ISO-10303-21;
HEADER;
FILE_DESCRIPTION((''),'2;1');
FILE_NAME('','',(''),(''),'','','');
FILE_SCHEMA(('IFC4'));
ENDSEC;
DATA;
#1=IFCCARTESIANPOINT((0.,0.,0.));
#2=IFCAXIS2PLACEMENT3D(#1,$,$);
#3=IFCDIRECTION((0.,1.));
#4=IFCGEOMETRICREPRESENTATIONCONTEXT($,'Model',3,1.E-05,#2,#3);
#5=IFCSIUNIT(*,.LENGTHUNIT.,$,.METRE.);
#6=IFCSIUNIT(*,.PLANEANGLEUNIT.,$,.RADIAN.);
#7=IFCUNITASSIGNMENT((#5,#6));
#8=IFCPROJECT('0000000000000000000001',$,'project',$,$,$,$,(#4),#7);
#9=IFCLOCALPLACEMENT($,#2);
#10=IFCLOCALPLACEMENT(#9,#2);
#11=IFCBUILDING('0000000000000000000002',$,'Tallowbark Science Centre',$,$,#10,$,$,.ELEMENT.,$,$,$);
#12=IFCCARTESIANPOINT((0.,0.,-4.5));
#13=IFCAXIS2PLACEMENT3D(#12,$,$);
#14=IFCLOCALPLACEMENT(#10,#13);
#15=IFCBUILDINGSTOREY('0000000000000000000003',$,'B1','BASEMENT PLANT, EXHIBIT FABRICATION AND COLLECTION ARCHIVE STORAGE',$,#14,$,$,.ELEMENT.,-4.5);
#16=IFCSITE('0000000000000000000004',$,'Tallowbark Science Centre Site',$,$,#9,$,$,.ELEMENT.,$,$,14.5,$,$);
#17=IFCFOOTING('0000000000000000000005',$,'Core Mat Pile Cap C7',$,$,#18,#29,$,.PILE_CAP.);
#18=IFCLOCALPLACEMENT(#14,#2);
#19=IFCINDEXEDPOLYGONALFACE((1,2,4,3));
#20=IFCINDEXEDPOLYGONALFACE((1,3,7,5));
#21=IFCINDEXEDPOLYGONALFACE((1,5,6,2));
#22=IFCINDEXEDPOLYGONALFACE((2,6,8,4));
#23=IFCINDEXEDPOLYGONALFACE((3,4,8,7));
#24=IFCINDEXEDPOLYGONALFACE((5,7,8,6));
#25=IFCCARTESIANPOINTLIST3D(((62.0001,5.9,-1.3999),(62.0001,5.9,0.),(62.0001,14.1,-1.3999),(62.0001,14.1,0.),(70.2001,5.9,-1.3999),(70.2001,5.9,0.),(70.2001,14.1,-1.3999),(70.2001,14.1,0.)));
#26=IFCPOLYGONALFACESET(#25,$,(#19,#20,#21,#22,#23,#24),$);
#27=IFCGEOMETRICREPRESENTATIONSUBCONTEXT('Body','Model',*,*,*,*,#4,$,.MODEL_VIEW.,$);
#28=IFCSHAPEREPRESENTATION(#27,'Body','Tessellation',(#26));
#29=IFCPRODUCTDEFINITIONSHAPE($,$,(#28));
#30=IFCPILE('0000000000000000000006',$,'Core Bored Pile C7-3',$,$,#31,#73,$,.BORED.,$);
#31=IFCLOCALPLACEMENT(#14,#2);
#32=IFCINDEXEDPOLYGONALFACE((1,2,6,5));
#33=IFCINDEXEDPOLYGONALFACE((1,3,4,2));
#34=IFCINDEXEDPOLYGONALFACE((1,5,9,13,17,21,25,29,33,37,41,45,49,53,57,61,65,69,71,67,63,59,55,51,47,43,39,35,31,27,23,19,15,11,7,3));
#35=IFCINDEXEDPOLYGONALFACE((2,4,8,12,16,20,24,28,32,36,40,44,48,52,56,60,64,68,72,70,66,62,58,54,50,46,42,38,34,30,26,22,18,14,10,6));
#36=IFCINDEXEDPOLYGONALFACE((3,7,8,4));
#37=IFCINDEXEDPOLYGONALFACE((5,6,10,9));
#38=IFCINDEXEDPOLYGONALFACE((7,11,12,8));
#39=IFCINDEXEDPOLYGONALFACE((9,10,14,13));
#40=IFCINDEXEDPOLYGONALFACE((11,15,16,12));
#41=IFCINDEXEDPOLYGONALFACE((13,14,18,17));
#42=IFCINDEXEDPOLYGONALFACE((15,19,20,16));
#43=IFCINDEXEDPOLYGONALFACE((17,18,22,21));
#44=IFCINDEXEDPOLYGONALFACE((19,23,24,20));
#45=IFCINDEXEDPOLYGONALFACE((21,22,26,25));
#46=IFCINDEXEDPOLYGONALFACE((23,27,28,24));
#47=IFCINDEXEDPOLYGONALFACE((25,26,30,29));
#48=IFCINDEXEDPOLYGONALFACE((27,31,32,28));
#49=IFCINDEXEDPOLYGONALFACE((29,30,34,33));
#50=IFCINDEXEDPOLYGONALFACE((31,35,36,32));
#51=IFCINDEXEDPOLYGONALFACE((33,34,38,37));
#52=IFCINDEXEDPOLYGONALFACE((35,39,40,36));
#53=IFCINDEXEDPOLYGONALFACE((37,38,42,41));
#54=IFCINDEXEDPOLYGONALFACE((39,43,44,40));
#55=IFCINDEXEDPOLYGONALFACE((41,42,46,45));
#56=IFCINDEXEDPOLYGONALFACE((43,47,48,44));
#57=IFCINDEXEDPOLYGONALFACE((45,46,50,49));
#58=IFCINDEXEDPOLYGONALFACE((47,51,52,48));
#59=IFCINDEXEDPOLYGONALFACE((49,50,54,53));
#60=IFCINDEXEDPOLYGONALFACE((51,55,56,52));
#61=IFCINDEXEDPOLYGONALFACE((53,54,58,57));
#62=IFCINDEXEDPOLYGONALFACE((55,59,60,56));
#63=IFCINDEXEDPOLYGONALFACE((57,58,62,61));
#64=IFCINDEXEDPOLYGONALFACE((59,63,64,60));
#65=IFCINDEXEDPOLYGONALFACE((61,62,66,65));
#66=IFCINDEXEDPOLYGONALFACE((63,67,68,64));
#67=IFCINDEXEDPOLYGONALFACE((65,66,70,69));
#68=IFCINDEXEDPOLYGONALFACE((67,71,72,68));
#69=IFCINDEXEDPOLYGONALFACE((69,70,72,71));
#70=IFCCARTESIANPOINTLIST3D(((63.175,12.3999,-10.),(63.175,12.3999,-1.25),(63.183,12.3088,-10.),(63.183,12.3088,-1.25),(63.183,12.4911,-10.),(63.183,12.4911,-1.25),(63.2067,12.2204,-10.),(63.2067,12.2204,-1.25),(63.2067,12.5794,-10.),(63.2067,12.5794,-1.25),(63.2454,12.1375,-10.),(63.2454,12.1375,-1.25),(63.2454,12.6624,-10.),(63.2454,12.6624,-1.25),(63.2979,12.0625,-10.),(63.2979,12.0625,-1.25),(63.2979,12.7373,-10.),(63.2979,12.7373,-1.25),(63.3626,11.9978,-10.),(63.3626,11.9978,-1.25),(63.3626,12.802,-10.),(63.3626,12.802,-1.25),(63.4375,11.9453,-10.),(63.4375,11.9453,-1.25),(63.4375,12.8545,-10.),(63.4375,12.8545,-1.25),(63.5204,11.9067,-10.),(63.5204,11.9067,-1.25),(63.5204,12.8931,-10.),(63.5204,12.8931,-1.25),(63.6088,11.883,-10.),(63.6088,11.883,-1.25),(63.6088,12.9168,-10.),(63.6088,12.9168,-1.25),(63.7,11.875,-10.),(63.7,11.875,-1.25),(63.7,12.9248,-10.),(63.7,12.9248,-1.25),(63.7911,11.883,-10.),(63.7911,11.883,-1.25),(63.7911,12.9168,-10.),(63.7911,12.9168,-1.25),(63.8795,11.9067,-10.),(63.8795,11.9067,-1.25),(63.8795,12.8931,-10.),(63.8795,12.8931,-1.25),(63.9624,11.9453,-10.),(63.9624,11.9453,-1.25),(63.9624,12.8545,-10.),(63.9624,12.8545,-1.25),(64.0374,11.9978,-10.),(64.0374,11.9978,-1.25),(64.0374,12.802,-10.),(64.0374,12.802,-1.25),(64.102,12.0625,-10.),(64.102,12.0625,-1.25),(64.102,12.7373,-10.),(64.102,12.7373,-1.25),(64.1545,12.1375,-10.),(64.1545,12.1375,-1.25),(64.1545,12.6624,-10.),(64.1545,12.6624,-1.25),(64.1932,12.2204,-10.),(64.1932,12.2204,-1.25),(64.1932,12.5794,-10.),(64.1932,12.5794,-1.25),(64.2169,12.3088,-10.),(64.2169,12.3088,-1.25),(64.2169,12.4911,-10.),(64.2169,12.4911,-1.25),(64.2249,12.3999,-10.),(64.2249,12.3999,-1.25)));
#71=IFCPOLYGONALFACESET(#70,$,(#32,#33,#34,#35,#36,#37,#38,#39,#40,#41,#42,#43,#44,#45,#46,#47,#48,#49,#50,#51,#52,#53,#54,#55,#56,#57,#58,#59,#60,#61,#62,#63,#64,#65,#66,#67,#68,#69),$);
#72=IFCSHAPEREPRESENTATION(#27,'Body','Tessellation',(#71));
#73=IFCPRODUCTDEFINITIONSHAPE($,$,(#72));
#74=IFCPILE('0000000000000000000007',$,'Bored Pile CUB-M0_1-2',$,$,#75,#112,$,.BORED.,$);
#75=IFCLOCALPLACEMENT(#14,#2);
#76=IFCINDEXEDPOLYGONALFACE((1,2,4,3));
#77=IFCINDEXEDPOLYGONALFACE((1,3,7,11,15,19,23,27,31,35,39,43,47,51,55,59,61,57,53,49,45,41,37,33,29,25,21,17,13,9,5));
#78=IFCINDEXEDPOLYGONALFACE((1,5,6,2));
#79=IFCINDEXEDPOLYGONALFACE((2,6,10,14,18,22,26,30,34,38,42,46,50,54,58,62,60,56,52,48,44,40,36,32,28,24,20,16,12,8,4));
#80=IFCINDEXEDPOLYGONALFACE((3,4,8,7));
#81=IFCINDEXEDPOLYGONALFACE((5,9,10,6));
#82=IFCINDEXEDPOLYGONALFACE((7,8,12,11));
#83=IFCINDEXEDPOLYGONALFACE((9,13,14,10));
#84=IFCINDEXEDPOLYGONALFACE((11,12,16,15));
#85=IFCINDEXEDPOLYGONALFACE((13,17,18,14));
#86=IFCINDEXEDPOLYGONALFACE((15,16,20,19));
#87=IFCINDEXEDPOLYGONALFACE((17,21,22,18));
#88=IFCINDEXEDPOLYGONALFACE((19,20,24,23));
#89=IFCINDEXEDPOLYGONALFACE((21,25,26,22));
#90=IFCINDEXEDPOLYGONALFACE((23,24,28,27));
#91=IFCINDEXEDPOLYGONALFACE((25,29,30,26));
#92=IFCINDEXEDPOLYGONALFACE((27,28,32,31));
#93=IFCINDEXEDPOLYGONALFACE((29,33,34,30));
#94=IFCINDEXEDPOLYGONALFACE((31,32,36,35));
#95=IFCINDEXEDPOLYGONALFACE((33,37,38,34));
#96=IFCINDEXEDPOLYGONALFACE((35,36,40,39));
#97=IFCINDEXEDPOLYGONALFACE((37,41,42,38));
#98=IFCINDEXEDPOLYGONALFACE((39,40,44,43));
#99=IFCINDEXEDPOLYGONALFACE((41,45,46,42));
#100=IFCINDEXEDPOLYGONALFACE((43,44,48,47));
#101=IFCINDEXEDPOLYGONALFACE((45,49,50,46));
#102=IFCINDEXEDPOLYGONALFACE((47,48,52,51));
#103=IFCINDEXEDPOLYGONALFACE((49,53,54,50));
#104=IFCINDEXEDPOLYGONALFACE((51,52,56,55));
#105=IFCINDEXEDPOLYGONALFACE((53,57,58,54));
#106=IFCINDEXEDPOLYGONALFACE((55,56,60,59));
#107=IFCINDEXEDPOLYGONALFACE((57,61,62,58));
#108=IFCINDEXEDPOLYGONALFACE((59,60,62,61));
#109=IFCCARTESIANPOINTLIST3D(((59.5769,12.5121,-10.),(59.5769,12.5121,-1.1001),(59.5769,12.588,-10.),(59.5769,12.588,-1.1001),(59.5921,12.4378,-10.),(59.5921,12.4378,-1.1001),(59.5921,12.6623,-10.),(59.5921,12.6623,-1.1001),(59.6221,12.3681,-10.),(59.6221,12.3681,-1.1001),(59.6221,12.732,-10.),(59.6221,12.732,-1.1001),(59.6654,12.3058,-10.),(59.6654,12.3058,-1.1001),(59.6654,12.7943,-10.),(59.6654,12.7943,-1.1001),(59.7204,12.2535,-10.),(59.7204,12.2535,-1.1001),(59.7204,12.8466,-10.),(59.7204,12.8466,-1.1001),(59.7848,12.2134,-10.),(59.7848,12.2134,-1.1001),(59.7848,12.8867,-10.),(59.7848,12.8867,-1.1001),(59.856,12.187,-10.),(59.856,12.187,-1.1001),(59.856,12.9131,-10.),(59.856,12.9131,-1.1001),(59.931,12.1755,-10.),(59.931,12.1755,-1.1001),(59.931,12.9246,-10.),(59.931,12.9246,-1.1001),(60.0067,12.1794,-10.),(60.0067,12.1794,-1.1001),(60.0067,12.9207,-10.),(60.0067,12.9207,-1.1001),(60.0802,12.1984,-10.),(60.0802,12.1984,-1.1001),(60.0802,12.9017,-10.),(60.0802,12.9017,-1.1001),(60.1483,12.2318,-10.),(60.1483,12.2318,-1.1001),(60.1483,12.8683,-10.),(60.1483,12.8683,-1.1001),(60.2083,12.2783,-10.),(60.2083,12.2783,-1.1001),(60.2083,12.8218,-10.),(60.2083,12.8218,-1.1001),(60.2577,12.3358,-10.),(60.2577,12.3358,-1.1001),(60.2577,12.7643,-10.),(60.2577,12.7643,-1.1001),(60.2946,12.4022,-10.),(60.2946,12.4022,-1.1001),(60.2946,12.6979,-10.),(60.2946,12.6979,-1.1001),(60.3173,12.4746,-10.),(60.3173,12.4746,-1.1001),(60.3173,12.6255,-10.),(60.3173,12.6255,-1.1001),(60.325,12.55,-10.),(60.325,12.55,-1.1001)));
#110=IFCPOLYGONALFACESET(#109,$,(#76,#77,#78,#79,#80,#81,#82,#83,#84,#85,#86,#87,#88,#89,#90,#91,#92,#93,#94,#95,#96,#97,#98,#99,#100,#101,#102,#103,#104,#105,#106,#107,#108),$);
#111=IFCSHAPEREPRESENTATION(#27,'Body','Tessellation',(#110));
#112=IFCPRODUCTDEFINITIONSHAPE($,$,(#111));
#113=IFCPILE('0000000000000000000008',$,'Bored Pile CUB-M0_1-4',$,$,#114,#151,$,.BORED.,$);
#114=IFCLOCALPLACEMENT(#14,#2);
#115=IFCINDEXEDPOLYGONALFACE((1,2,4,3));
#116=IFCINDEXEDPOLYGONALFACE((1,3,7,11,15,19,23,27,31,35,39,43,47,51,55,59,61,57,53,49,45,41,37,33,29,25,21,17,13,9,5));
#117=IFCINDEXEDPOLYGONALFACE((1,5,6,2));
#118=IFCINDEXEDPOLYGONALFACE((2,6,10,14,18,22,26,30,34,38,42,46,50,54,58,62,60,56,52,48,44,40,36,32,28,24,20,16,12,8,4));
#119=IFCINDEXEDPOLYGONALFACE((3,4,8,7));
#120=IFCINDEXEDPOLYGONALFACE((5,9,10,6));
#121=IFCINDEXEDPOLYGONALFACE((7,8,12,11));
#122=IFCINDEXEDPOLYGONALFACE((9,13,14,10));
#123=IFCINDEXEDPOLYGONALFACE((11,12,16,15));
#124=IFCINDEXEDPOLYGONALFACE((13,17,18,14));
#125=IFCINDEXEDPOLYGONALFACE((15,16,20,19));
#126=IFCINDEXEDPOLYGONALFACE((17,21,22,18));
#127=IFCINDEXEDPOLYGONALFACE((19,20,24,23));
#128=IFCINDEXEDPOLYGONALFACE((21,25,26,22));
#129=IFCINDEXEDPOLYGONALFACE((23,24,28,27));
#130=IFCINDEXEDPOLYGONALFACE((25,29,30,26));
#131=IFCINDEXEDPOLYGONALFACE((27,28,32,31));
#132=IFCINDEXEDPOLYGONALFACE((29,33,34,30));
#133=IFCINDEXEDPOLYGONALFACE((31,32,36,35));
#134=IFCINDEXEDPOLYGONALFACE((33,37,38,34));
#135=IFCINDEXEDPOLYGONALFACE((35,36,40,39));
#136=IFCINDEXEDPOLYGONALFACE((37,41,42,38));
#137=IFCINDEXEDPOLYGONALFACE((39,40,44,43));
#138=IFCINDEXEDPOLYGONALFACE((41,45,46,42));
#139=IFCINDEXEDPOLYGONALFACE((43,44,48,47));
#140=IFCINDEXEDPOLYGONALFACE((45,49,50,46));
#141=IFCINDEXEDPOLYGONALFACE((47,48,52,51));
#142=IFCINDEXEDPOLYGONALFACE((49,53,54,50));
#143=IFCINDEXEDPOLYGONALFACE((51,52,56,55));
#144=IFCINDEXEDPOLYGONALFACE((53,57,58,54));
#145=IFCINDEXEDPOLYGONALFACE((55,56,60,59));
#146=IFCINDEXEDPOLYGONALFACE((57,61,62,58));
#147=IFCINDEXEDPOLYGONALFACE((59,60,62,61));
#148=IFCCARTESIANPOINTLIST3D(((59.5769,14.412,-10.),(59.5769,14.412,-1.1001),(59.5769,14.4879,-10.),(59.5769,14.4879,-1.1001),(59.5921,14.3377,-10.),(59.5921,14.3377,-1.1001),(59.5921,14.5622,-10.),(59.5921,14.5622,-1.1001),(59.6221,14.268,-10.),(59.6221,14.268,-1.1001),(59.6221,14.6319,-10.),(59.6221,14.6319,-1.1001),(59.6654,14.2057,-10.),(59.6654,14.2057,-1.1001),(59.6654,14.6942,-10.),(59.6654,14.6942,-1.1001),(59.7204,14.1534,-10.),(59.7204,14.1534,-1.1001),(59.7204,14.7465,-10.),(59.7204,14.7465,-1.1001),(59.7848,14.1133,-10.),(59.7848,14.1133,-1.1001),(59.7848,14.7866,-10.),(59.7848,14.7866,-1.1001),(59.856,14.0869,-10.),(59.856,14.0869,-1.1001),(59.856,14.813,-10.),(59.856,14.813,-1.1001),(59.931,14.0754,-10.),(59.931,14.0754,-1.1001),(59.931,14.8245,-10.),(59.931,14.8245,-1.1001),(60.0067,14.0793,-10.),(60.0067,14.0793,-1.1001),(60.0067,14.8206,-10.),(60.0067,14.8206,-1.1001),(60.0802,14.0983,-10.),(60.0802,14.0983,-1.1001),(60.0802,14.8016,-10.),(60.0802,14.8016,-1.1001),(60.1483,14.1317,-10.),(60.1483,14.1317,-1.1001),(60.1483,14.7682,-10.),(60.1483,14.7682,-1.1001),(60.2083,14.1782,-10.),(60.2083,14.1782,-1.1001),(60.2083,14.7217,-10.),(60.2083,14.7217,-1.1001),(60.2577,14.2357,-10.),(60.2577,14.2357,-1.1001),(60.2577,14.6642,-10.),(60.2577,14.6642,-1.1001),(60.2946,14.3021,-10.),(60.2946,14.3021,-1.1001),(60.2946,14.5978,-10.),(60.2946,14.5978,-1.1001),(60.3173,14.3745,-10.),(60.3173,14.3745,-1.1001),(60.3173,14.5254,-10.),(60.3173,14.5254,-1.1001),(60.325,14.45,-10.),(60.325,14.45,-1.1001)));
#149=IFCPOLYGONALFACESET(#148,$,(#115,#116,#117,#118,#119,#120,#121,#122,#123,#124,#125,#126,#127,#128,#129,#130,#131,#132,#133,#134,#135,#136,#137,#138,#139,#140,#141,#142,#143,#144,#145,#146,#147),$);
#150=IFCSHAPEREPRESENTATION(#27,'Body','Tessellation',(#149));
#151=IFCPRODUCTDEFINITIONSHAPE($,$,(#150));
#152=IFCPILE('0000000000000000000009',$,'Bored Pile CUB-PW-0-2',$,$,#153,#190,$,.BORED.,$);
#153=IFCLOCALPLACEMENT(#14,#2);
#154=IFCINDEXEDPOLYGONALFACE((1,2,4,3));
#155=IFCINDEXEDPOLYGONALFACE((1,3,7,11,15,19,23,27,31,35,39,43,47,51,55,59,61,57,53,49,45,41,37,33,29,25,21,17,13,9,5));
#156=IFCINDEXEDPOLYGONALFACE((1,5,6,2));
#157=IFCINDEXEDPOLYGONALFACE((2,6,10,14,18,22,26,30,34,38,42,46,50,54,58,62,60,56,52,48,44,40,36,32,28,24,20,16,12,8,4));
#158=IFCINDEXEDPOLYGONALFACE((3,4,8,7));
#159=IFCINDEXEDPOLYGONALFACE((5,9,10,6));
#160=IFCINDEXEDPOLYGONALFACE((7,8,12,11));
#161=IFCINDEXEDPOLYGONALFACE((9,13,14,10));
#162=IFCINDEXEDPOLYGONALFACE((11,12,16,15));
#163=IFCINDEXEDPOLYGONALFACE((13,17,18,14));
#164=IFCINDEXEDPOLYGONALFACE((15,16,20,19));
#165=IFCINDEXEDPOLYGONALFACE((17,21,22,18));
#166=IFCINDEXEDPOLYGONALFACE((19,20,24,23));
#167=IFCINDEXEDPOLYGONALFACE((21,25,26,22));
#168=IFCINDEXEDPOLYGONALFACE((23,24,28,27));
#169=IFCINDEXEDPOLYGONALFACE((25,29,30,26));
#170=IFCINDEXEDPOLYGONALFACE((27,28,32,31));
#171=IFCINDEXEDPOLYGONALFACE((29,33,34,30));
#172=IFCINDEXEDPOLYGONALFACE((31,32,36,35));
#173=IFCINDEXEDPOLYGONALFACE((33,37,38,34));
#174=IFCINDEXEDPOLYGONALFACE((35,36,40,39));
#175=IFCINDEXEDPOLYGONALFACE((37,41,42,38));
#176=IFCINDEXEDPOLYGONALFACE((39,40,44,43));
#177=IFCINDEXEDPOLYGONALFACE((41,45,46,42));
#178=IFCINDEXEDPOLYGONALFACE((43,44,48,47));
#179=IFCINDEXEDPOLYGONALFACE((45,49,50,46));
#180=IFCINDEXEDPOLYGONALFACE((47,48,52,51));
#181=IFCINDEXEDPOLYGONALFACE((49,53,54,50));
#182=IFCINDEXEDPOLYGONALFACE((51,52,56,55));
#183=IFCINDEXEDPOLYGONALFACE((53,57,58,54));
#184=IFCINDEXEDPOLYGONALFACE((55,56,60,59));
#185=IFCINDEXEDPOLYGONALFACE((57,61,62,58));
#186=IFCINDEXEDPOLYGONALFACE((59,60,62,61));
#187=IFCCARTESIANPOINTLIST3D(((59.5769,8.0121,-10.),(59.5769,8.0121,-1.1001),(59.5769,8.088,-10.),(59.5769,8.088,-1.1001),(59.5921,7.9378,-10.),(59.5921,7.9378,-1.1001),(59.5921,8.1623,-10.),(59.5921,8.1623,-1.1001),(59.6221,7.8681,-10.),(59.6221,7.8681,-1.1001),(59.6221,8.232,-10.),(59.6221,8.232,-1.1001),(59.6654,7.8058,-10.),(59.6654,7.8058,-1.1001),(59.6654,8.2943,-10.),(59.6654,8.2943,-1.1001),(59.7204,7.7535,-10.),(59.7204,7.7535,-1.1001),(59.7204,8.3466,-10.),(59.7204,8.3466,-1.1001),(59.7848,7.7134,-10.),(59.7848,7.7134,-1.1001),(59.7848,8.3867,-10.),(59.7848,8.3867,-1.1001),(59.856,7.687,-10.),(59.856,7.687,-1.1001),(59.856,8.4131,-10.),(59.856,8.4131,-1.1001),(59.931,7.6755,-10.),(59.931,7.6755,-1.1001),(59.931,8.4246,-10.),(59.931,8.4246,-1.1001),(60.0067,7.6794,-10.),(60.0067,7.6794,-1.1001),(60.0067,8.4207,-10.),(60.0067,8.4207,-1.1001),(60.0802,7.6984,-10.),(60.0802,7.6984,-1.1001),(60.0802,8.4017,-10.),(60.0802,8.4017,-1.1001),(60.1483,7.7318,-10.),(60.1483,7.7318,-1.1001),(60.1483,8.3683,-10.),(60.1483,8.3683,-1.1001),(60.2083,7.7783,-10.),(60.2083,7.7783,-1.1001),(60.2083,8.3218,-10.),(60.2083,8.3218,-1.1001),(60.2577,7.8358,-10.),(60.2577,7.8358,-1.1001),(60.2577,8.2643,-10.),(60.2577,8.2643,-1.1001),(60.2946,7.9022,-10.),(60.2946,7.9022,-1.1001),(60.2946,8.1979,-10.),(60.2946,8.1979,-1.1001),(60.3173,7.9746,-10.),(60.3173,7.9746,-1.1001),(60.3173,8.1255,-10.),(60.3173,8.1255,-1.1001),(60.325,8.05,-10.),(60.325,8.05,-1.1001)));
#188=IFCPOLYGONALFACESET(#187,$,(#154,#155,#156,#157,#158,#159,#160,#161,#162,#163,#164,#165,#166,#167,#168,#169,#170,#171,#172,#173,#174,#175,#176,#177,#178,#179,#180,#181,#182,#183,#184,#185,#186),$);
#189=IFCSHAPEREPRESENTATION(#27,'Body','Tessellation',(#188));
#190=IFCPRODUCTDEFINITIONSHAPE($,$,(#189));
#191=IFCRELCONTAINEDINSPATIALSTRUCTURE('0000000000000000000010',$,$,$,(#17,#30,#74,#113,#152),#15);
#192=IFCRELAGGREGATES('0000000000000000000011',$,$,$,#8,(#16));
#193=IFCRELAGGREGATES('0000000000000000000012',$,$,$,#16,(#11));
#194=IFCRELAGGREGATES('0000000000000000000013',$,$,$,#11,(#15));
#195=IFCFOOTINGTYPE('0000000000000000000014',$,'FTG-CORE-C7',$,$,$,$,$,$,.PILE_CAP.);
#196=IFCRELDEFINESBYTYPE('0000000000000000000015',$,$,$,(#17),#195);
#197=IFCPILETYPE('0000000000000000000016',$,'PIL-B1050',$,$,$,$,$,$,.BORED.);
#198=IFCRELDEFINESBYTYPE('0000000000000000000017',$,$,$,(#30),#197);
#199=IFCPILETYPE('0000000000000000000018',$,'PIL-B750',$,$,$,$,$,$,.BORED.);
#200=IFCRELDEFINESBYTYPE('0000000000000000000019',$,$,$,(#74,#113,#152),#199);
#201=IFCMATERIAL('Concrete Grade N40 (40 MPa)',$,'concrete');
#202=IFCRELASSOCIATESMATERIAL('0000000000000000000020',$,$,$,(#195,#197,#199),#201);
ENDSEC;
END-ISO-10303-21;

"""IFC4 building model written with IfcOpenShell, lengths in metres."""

from ifc_helpers import new_model, si_unit, direction, frame, origin, origin_2d, place, context, subcontext, project, spatial, rectangle, circle, extrude, material, material_profile, profile_set, type_object, element, save


model = new_model("IFC4")

# Units and contexts
model_context = context("Model", 3, precision=1e-05, world=origin(), true_north=direction((0.0, 1.0)))
body_context = subcontext(model_context, "Body", "Model", "MODEL_VIEW")
ifc_project = project(units=[si_unit("LENGTHUNIT", "METRE"), si_unit("PLANEANGLEUNIT", "RADIAN")], contexts=[model_context])

# Site, building, storey
site_placement = place(None, origin())
site = spatial("IfcSite", under=ifc_project, at=site_placement, Name="Tallowbark Science Centre Site", CompositionType="ELEMENT", RefElevation=14.5)
building_placement = place(site_placement, origin())
building = spatial("IfcBuilding", under=site, at=building_placement, Name="Tallowbark Science Centre", CompositionType="ELEMENT")
storey_placement = place(building_placement, frame((0.0, 0.0, -4.5)))
storey = spatial("IfcBuildingStorey", under=building, at=storey_placement, Name="B1", Description="BASEMENT PLANT, EXHIBIT FABRICATION AND COLLECTION ARCHIVE STORAGE", CompositionType="ELEMENT", Elevation=-4.5)

# Footing
ifc_material_1 = material(Name="Concrete Grade N40 (40 MPa)", Category="concrete")
footing_type = type_object("IfcFootingType", Name="FTG-CORE-C7", PredefinedType="PILE_CAP", material=ifc_material_1)
footing_placement = place(storey_placement, frame((66.1001, 10.0, -1.3999), z_axis=(0.0, 0.0, 1.0), x_axis=(1.0, 0.0, 0.0)))
element("IfcFooting", 1, at=footing_placement, inside=storey, type_object=footing_type, Name="Core Mat Pile Cap C7", PredefinedType="PILE_CAP", context=body_context, shape_type="SweptSolid", body=[
    extrude(rectangle(XDim=8.2, YDim=8.2, at=origin_2d()), origin(), (0.0, 0.0, 1.0), 1.3999),
])

# Piles
ifc_material_profile_1 = material_profile(ifc_material_1, circle(Radius=0.5249, at=origin_2d()), Name="PILE1050")
ifc_profile_set_1 = profile_set([ifc_material_profile_1], Name="Concrete Grade N40 (40 MPa)")
pile_type_1 = type_object("IfcPileType", Name="PIL-B1050", PredefinedType="BORED", material=ifc_profile_set_1)
pile_placement = place(storey_placement, frame((63.7, 12.3999, -1.25), z_axis=(0.0, 0.0, -1.0), x_axis=(1.0, 0.0, 0.0)))
element("IfcPile", 2, at=pile_placement, inside=storey, type_object=pile_type_1, Name="Core Bored Pile C7-3", PredefinedType="BORED", context=body_context, shape_type="SweptSolid", body=[
    extrude(circle(Radius=0.5249, at=origin_2d()), origin(), (0.0, 0.0, 1.0), 8.75),
])
ifc_material_profile_2 = material_profile(ifc_material_1, circle(Radius=0.375, at=origin_2d()), Name="PILE750")
ifc_profile_set_2 = profile_set([ifc_material_profile_2], Name="Concrete Grade N40 (40 MPa)")
pile_type_2 = type_object("IfcPileType", Name="PIL-B750", PredefinedType="BORED", material=ifc_profile_set_2)
for number, where, z_axis, x_axis, name in (
    (3, (59.95, 12.55, -1.1001), (0.0, 0.0, -1.0), (1.0, 0.0, 0.0), "Bored Pile CUB-M0_1-2"),
    (4, (59.95, 14.45, -1.1001), (0.0, 0.0, -1.0), (1.0, 0.0, 0.0), "Bored Pile CUB-M0_1-4"),
    (5, (59.95, 8.05, -1.1001), (0.0, 0.0, -1.0), (1.0, 0.0, 0.0), "Bored Pile CUB-PW-0-2"),
):
    element("IfcPile", number, at=place(storey_placement, frame(where, z_axis=z_axis, x_axis=x_axis)), inside=storey, type_object=pile_type_2, Name=name, PredefinedType="BORED", context=body_context, shape_type="SweptSolid", body=[
        extrude(circle(Radius=0.375, at=origin_2d()), origin(), (0.0, 0.0, 1.0), 8.8999),
    ])

save(model, "model.ifc")
